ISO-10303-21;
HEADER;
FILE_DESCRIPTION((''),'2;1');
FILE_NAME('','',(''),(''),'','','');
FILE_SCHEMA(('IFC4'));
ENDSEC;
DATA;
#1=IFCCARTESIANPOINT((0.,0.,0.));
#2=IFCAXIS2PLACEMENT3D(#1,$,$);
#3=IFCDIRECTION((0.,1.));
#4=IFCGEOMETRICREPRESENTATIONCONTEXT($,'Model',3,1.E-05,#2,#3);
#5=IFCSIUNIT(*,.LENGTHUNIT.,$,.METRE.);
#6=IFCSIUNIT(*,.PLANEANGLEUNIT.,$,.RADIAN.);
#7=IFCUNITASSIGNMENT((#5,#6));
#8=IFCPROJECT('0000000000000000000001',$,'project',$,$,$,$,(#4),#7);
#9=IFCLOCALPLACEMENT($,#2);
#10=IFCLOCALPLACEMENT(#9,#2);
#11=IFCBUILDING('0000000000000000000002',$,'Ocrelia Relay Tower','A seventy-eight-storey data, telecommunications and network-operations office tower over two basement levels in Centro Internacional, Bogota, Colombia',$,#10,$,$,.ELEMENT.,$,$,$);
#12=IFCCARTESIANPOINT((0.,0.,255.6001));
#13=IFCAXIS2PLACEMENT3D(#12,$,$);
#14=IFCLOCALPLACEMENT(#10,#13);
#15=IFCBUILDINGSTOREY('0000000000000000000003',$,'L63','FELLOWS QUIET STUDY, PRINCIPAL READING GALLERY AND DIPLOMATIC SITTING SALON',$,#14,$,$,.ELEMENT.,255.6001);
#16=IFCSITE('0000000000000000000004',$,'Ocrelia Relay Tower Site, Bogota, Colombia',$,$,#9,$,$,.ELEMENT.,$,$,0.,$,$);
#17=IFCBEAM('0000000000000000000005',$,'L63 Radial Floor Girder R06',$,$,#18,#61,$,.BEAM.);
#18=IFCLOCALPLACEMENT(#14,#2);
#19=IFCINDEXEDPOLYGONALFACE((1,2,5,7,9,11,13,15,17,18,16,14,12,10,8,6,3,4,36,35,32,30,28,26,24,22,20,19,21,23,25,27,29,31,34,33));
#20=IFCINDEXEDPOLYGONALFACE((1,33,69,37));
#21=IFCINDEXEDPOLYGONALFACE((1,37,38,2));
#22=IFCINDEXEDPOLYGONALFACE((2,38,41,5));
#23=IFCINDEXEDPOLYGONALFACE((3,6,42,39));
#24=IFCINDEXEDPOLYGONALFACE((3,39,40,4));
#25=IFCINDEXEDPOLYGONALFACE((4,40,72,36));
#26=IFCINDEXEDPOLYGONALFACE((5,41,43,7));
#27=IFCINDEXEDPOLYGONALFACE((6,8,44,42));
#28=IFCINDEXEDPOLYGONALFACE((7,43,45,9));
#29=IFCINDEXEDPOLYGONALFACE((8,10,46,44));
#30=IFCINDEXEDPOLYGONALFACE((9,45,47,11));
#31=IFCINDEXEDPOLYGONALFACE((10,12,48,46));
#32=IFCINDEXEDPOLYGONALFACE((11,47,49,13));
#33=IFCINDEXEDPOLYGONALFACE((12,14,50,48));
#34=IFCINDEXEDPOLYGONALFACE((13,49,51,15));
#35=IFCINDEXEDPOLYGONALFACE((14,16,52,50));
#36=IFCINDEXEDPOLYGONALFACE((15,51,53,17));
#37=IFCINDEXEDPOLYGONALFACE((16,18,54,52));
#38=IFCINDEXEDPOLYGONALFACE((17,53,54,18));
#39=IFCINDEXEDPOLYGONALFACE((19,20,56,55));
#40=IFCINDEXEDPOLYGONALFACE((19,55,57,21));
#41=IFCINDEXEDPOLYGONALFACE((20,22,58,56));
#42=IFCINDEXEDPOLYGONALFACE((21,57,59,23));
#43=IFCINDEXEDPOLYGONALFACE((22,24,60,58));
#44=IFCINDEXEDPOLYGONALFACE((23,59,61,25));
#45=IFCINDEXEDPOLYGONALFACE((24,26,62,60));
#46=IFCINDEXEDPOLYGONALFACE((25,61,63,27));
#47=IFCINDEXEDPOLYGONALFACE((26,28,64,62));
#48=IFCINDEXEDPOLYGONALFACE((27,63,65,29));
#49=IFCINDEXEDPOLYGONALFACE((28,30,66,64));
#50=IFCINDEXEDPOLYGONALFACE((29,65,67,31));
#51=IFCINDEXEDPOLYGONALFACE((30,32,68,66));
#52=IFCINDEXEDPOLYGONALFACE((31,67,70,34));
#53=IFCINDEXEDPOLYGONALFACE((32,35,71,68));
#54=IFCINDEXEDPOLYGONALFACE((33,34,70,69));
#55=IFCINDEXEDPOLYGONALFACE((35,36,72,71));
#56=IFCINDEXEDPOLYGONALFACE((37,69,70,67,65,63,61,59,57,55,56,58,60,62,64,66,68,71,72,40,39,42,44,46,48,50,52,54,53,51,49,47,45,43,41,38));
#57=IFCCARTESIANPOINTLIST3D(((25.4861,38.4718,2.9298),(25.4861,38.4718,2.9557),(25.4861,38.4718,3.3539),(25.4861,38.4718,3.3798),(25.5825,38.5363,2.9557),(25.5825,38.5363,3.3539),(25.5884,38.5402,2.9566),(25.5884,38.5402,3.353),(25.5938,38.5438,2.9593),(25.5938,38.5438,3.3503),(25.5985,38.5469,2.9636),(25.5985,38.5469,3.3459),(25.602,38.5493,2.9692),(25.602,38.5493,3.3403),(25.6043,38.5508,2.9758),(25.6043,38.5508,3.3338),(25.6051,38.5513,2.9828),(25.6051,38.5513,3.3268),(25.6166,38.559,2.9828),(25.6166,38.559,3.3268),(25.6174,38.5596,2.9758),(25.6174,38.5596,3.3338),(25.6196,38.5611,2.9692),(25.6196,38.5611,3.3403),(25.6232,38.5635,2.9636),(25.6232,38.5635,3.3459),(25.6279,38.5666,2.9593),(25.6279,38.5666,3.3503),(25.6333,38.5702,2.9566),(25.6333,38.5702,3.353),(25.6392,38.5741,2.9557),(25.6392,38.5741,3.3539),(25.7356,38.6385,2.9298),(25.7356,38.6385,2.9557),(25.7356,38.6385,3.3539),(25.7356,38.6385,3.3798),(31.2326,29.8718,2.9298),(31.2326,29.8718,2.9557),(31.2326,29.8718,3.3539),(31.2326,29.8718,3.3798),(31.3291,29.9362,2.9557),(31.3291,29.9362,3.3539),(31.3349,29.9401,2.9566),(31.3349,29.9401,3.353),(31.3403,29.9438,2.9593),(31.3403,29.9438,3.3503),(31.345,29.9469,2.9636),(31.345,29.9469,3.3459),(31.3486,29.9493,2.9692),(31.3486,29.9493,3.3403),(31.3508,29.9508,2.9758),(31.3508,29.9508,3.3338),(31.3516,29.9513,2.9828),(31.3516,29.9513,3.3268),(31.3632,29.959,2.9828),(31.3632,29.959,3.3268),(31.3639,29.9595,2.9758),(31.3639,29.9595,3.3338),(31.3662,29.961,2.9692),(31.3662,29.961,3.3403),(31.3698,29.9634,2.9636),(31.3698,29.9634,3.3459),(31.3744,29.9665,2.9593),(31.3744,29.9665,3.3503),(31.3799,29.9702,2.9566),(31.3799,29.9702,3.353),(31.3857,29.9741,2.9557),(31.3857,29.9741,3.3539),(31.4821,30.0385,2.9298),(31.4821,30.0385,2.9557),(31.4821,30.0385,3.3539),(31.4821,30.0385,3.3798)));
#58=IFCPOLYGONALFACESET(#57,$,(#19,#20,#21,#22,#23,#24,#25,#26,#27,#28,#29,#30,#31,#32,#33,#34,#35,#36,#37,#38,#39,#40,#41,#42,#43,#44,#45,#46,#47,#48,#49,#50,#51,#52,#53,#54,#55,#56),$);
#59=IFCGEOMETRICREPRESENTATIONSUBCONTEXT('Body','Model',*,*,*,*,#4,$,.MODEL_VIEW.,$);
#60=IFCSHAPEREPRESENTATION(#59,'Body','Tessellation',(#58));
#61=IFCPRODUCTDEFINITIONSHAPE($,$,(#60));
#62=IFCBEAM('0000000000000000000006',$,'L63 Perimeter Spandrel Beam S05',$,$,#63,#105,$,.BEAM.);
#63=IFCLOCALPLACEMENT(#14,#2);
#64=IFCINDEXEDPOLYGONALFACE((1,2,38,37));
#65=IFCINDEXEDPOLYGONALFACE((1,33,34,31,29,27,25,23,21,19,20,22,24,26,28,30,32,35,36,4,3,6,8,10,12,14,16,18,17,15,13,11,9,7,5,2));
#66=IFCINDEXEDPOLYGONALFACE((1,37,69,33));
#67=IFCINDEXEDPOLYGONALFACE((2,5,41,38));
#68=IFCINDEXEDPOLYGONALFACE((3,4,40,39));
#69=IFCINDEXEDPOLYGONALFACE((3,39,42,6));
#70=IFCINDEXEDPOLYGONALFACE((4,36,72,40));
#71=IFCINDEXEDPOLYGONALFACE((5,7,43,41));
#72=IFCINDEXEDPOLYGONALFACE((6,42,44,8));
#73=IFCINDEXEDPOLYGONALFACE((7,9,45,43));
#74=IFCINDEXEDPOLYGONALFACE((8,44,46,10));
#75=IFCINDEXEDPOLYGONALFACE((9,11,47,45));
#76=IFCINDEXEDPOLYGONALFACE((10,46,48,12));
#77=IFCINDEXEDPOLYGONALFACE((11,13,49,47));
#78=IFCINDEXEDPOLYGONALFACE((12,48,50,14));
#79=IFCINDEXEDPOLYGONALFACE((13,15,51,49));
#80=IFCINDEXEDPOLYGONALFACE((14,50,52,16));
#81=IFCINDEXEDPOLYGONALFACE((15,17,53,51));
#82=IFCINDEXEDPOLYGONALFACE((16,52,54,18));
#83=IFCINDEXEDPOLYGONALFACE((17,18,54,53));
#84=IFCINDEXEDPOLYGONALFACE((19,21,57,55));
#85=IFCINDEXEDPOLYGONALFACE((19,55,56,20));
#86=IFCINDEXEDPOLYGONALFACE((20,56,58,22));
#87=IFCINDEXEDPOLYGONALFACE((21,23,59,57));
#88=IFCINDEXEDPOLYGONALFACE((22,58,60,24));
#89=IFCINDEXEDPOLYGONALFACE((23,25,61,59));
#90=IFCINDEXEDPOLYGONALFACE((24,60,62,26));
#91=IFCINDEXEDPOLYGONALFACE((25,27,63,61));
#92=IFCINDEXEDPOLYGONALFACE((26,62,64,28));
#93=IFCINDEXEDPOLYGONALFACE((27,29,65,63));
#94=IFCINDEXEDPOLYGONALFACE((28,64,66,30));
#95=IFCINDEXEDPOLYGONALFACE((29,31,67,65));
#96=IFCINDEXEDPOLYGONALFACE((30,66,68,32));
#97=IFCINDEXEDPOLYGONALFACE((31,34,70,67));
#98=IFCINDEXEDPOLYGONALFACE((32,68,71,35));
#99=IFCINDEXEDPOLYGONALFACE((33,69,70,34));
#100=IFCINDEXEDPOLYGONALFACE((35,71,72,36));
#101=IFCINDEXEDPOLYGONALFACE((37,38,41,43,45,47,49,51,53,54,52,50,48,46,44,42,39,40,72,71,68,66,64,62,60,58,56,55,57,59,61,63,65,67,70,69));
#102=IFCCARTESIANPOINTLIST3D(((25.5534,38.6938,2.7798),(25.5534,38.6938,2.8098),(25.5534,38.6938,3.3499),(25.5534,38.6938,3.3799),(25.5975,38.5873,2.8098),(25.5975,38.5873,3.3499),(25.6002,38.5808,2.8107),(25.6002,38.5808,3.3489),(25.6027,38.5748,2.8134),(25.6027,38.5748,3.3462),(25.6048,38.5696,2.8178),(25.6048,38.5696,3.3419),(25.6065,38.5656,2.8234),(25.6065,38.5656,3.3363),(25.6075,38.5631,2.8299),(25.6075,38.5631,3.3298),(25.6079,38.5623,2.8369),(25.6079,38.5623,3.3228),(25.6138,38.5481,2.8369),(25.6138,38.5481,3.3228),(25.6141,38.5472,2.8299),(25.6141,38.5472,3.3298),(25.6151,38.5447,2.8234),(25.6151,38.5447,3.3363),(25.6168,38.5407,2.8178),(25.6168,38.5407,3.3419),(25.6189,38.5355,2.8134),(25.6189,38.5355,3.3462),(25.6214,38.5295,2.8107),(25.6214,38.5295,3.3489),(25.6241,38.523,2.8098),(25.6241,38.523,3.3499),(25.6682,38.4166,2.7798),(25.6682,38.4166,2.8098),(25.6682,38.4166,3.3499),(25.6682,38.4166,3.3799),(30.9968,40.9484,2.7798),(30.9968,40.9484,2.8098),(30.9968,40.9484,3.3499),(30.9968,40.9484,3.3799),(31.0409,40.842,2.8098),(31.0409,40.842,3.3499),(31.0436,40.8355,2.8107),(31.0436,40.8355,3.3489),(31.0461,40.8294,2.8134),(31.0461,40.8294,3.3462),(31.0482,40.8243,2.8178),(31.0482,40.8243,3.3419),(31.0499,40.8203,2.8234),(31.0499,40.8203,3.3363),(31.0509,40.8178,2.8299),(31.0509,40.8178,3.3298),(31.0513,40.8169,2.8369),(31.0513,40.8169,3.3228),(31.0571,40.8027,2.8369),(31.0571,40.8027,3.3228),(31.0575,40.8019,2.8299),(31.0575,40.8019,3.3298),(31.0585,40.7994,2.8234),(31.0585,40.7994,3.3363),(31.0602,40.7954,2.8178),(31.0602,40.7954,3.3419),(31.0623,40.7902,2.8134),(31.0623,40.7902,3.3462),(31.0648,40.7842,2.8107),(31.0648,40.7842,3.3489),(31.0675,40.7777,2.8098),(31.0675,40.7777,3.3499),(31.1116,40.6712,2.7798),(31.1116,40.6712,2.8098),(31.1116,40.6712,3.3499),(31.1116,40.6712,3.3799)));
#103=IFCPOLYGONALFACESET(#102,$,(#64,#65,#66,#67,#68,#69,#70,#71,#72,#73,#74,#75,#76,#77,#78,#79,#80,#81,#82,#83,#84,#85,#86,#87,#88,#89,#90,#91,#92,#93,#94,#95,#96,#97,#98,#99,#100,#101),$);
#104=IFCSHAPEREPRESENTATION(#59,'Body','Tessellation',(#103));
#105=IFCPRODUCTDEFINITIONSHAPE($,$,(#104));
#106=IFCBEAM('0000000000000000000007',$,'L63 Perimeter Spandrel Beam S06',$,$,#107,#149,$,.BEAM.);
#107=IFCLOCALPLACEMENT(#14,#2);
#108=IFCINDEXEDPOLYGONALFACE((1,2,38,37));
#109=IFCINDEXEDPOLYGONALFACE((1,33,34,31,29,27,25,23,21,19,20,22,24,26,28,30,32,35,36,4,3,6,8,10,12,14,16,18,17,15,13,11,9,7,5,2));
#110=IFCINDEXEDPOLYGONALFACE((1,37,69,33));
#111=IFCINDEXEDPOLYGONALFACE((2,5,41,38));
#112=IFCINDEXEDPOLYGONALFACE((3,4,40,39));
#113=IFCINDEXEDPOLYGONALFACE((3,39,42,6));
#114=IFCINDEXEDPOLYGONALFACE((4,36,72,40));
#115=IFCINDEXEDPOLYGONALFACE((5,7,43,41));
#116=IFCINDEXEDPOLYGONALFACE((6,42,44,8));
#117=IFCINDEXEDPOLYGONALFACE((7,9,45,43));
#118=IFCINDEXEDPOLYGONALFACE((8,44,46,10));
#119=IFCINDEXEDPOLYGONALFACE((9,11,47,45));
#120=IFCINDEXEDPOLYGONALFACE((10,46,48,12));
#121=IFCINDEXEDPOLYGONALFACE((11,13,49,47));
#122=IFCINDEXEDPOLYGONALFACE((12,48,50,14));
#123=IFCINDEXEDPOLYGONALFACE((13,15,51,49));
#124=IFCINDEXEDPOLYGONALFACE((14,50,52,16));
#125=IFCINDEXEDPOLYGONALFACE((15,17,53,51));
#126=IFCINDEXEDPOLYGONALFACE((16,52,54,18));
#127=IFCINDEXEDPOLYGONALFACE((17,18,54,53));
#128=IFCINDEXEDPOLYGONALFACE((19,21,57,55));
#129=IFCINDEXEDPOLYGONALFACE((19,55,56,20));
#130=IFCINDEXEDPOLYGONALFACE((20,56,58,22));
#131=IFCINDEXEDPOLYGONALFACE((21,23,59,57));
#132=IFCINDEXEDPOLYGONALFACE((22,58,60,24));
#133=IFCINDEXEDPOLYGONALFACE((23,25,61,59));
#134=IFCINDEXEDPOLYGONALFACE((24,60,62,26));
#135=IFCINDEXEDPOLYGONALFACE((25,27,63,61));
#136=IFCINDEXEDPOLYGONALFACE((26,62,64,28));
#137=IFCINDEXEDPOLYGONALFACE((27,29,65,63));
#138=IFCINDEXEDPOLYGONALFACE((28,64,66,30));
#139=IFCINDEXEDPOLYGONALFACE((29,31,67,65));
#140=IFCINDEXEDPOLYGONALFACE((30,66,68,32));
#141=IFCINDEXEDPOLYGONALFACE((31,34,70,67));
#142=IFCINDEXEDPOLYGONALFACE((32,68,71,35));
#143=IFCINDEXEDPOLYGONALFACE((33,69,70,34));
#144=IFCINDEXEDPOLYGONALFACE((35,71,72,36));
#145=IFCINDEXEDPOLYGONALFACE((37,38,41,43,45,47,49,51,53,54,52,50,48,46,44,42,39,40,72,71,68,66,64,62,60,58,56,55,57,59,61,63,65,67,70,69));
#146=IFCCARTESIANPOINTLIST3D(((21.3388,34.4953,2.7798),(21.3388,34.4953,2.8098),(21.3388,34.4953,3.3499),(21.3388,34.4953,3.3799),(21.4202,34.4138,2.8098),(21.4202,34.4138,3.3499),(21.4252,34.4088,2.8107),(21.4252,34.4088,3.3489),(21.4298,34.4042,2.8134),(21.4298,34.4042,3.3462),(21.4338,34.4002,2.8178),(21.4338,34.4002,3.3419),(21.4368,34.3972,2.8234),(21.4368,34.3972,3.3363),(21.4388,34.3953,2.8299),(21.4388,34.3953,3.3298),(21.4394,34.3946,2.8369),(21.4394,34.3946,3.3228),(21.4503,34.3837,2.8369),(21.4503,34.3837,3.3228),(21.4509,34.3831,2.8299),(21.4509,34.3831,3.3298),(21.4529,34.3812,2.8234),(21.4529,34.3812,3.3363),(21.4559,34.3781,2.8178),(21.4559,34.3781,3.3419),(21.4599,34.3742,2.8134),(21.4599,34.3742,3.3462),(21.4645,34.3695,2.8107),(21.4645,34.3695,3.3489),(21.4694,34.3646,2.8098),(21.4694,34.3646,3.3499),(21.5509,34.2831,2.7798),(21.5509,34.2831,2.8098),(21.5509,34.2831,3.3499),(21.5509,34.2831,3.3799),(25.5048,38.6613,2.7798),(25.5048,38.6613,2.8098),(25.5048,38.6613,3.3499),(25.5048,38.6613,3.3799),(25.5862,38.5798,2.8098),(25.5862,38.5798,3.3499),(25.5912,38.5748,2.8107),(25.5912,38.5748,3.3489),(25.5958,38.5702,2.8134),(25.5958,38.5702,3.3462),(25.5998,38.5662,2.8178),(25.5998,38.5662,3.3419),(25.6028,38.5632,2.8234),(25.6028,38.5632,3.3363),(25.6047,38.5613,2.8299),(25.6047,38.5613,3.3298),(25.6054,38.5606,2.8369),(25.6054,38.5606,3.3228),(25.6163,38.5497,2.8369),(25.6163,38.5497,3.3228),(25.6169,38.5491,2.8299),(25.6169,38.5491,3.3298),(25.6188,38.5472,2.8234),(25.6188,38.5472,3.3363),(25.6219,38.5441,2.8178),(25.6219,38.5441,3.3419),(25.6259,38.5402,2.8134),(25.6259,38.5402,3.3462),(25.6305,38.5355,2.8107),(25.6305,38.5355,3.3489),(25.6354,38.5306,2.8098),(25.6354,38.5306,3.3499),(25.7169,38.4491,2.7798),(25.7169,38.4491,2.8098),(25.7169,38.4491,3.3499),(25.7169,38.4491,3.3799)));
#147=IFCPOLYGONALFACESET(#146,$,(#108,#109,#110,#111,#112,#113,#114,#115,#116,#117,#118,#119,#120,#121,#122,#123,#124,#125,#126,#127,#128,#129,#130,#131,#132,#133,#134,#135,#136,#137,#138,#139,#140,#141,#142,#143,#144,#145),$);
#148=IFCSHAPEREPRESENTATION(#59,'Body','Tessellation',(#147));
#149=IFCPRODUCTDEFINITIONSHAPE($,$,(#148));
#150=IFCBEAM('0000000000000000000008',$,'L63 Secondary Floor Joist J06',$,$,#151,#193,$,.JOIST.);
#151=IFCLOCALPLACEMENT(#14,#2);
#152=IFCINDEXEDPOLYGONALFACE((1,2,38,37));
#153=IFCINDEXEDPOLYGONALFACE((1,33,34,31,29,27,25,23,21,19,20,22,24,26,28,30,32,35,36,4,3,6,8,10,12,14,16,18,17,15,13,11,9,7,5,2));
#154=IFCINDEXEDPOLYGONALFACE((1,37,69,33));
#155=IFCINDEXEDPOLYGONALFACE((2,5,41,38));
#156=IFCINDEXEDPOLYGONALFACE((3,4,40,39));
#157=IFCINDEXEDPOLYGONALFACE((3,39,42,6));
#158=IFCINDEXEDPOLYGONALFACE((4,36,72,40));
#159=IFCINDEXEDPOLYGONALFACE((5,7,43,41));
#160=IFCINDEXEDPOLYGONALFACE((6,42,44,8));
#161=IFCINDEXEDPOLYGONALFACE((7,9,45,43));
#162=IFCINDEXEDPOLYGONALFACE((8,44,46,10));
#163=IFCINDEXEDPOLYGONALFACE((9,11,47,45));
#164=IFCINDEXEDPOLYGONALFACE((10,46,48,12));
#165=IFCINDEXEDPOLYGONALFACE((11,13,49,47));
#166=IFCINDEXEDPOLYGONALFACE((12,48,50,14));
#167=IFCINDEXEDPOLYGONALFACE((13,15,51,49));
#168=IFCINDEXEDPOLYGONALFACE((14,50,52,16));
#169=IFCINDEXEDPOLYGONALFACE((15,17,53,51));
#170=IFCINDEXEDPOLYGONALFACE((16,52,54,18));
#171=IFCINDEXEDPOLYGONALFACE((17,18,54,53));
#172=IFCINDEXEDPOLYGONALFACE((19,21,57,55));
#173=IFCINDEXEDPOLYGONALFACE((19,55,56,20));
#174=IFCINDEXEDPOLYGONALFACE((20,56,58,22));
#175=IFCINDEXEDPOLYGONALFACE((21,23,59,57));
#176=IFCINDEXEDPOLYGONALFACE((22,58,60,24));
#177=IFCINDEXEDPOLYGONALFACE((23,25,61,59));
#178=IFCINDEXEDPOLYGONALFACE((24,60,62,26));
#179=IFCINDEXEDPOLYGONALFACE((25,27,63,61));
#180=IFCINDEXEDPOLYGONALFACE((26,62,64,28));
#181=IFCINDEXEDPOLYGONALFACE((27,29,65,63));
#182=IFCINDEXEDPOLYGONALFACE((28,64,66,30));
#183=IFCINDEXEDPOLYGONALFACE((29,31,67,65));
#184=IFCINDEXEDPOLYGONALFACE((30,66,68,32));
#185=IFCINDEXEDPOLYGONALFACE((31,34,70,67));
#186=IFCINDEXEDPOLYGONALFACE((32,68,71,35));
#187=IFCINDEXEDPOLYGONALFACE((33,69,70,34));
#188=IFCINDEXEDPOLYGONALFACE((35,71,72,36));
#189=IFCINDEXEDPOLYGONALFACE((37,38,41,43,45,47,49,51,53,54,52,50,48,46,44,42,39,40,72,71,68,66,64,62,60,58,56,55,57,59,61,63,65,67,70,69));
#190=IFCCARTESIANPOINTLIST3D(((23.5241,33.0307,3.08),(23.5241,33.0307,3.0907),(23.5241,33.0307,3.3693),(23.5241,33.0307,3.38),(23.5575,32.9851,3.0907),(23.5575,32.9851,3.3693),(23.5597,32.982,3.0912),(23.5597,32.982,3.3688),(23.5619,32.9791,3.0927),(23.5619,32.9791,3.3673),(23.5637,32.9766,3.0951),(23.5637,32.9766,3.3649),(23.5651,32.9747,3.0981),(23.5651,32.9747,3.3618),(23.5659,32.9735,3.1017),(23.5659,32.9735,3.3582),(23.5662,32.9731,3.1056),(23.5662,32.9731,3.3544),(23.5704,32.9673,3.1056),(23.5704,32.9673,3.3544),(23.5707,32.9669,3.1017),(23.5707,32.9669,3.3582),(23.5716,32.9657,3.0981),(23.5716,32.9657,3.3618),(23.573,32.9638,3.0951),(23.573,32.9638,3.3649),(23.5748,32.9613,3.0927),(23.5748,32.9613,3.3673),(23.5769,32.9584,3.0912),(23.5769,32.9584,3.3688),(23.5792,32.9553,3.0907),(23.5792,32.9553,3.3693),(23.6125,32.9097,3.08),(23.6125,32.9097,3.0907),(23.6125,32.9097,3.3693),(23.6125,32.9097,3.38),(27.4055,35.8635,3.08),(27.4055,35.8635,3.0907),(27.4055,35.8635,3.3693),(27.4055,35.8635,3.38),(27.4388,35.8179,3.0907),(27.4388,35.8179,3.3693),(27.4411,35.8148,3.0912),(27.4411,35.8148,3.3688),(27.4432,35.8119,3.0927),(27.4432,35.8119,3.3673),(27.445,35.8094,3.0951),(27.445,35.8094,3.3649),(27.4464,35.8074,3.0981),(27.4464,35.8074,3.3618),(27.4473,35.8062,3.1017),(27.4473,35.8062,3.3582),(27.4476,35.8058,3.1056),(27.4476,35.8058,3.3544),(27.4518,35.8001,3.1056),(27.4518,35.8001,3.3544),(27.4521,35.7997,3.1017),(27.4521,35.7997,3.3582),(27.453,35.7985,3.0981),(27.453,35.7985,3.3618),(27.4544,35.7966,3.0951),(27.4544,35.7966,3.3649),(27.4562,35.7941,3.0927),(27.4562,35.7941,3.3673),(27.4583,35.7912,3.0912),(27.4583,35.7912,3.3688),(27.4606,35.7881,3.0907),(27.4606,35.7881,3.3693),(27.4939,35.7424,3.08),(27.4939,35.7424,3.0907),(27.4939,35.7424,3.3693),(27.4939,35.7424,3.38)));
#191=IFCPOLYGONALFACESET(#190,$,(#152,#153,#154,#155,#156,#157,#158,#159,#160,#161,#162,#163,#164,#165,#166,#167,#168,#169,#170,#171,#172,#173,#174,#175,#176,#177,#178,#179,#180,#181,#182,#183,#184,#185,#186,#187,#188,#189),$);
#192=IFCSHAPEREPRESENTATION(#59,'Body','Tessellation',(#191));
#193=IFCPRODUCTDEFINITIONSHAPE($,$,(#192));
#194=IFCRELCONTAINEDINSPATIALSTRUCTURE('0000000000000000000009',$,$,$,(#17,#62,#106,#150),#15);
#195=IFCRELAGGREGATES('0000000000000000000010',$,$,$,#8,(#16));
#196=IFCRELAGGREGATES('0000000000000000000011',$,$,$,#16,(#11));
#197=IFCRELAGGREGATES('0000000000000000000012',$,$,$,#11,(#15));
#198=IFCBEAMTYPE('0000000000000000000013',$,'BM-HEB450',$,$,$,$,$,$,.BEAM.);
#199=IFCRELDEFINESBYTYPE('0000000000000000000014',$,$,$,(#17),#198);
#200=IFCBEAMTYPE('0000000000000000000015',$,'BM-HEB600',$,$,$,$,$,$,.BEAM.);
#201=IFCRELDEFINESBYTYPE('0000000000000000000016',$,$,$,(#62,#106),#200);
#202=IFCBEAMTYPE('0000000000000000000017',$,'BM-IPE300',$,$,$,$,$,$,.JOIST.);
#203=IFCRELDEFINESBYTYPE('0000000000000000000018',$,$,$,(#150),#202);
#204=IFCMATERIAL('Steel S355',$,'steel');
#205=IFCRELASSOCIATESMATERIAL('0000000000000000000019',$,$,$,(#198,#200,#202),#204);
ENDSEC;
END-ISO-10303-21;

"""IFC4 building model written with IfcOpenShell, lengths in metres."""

from ifc_helpers import new_model, si_unit, direction, frame, origin, origin_2d, place, context, subcontext, project, spatial, i_section, extrude, material, material_profile, profile_set, type_object, element, save


model = new_model("IFC4")

# Units and contexts
model_context = context("Model", 3, precision=1e-05, world=origin(), true_north=direction((0.0, 1.0)))
body_context = subcontext(model_context, "Body", "Model", "MODEL_VIEW")
ifc_project = project(units=[si_unit("LENGTHUNIT", "METRE"), si_unit("PLANEANGLEUNIT", "RADIAN")], contexts=[model_context])

# Site, building, storey
site_placement = place(None, origin())
site = spatial("IfcSite", under=ifc_project, at=site_placement, Name="Ocrelia Relay Tower Site, Bogota, Colombia", CompositionType="ELEMENT", RefElevation=0.0)
building_placement = place(site_placement, origin())
building = spatial("IfcBuilding", under=site, at=building_placement, Name="Ocrelia Relay Tower", Description="A seventy-eight-storey data, telecommunications and network-operations office tower over two basement levels in Centro Internacional, Bogota, Colombia", CompositionType="ELEMENT")
storey_placement = place(building_placement, frame((0.0, 0.0, 255.6001)))
storey = spatial("IfcBuildingStorey", under=building, at=storey_placement, Name="L63", Description="FELLOWS QUIET STUDY, PRINCIPAL READING GALLERY AND DIPLOMATIC SITTING SALON", CompositionType="ELEMENT", Elevation=255.6001)

# Beams
ifc_material_1 = material(Name="Steel S355", Category="steel")
ifc_material_profile_1 = material_profile(ifc_material_1, i_section(OverallWidth=0.3, OverallDepth=0.45, WebThickness=0.0139, FlangeThickness=0.0259, FilletRadius=0.0271, at=origin_2d()), Name="HEB 450")
ifc_profile_set_1 = profile_set([ifc_material_profile_1], Name="Steel S355")
beam_type_1 = type_object("IfcBeamType", Name="BM-HEB450", PredefinedType="BEAM", material=ifc_profile_set_1)
beam_1_placement = place(storey_placement, frame((25.6108, 38.5552, 3.1548), z_axis=(0.555582, -0.831462, 0.0), x_axis=(0.831462, 0.555582, 0.0)))
element("IfcBeam", 1, at=beam_1_placement, inside=storey, type_object=beam_type_1, Name="L63 Radial Floor Girder R06", PredefinedType="BEAM", context=body_context, shape_type="SweptSolid", body=[
    extrude(i_section(OverallWidth=0.3, OverallDepth=0.45, WebThickness=0.0139, FlangeThickness=0.0259, FilletRadius=0.0271, at=origin_2d()), origin(), (0.0, 0.0, 1.0), 10.3433),
])
ifc_material_profile_2 = material_profile(ifc_material_1, i_section(OverallWidth=0.3, OverallDepth=0.6001, WebThickness=0.0154, FlangeThickness=0.03, FilletRadius=0.0271, at=origin_2d()), Name="HEB 600")
ifc_profile_set_2 = profile_set([ifc_material_profile_2], Name="Steel S355")
beam_type_2 = type_object("IfcBeamType", Name="BM-HEB600", PredefinedType="BEAM", material=ifc_profile_set_2)
beam_2_placement = place(storey_placement, frame((31.0542, 40.8098, 3.0798), z_axis=(-0.923884, -0.382673, 0.0), x_axis=(0.382673, -0.923884, 0.0)))
element("IfcBeam", 2, at=beam_2_placement, inside=storey, type_object=beam_type_2, Name="L63 Perimeter Spandrel Beam S05", PredefinedType="BEAM", context=body_context, shape_type="SweptSolid", body=[
    extrude(i_section(OverallWidth=0.3, OverallDepth=0.6001, WebThickness=0.0154, FlangeThickness=0.03, FilletRadius=0.0271, at=origin_2d()), origin(), (0.0, 0.0, 1.0), 5.8918),
])
beam_3_placement = place(storey_placement, frame((25.6108, 38.5552, 3.0798), z_axis=(-0.707107, -0.707107, 0.0), x_axis=(0.707107, -0.707107, 0.0)))
element("IfcBeam", 3, at=beam_3_placement, inside=storey, type_object=beam_type_2, Name="L63 Perimeter Spandrel Beam S06", PredefinedType="BEAM", context=body_context, shape_type="SweptSolid", body=[
    extrude(i_section(OverallWidth=0.3, OverallDepth=0.6001, WebThickness=0.0154, FlangeThickness=0.03, FilletRadius=0.0271, at=origin_2d()), origin(), (0.0, 0.0, 1.0), 5.8916),
])
ifc_material_profile_3 = material_profile(ifc_material_1, i_section(OverallWidth=0.1499, OverallDepth=0.3, WebThickness=0.0071, FlangeThickness=0.0107, FilletRadius=0.0149, at=origin_2d()), Name="IPE 300")
ifc_profile_set_3 = profile_set([ifc_material_profile_3], Name="Steel S355")
beam_type_3 = type_object("IfcBeamType", Name="BM-IPE300", PredefinedType="JOIST", material=ifc_profile_set_3)
beam_4_placement = place(storey_placement, frame((27.4497, 35.803, 3.23), z_axis=(-0.807748, -0.589527, 0.0), x_axis=(0.589527, -0.807748, 0.0)))
element("IfcBeam", 4, at=beam_4_placement, inside=storey, type_object=beam_type_3, Name="L63 Secondary Floor Joist J06", PredefinedType="JOIST", context=body_context, shape_type="SweptSolid", body=[
    extrude(i_section(OverallWidth=0.1499, OverallDepth=0.3, WebThickness=0.0071, FlangeThickness=0.0107, FilletRadius=0.0149, at=origin_2d()), origin(), (0.0, 0.0, 1.0), 4.8052),
])

save(model, "model.ifc")
